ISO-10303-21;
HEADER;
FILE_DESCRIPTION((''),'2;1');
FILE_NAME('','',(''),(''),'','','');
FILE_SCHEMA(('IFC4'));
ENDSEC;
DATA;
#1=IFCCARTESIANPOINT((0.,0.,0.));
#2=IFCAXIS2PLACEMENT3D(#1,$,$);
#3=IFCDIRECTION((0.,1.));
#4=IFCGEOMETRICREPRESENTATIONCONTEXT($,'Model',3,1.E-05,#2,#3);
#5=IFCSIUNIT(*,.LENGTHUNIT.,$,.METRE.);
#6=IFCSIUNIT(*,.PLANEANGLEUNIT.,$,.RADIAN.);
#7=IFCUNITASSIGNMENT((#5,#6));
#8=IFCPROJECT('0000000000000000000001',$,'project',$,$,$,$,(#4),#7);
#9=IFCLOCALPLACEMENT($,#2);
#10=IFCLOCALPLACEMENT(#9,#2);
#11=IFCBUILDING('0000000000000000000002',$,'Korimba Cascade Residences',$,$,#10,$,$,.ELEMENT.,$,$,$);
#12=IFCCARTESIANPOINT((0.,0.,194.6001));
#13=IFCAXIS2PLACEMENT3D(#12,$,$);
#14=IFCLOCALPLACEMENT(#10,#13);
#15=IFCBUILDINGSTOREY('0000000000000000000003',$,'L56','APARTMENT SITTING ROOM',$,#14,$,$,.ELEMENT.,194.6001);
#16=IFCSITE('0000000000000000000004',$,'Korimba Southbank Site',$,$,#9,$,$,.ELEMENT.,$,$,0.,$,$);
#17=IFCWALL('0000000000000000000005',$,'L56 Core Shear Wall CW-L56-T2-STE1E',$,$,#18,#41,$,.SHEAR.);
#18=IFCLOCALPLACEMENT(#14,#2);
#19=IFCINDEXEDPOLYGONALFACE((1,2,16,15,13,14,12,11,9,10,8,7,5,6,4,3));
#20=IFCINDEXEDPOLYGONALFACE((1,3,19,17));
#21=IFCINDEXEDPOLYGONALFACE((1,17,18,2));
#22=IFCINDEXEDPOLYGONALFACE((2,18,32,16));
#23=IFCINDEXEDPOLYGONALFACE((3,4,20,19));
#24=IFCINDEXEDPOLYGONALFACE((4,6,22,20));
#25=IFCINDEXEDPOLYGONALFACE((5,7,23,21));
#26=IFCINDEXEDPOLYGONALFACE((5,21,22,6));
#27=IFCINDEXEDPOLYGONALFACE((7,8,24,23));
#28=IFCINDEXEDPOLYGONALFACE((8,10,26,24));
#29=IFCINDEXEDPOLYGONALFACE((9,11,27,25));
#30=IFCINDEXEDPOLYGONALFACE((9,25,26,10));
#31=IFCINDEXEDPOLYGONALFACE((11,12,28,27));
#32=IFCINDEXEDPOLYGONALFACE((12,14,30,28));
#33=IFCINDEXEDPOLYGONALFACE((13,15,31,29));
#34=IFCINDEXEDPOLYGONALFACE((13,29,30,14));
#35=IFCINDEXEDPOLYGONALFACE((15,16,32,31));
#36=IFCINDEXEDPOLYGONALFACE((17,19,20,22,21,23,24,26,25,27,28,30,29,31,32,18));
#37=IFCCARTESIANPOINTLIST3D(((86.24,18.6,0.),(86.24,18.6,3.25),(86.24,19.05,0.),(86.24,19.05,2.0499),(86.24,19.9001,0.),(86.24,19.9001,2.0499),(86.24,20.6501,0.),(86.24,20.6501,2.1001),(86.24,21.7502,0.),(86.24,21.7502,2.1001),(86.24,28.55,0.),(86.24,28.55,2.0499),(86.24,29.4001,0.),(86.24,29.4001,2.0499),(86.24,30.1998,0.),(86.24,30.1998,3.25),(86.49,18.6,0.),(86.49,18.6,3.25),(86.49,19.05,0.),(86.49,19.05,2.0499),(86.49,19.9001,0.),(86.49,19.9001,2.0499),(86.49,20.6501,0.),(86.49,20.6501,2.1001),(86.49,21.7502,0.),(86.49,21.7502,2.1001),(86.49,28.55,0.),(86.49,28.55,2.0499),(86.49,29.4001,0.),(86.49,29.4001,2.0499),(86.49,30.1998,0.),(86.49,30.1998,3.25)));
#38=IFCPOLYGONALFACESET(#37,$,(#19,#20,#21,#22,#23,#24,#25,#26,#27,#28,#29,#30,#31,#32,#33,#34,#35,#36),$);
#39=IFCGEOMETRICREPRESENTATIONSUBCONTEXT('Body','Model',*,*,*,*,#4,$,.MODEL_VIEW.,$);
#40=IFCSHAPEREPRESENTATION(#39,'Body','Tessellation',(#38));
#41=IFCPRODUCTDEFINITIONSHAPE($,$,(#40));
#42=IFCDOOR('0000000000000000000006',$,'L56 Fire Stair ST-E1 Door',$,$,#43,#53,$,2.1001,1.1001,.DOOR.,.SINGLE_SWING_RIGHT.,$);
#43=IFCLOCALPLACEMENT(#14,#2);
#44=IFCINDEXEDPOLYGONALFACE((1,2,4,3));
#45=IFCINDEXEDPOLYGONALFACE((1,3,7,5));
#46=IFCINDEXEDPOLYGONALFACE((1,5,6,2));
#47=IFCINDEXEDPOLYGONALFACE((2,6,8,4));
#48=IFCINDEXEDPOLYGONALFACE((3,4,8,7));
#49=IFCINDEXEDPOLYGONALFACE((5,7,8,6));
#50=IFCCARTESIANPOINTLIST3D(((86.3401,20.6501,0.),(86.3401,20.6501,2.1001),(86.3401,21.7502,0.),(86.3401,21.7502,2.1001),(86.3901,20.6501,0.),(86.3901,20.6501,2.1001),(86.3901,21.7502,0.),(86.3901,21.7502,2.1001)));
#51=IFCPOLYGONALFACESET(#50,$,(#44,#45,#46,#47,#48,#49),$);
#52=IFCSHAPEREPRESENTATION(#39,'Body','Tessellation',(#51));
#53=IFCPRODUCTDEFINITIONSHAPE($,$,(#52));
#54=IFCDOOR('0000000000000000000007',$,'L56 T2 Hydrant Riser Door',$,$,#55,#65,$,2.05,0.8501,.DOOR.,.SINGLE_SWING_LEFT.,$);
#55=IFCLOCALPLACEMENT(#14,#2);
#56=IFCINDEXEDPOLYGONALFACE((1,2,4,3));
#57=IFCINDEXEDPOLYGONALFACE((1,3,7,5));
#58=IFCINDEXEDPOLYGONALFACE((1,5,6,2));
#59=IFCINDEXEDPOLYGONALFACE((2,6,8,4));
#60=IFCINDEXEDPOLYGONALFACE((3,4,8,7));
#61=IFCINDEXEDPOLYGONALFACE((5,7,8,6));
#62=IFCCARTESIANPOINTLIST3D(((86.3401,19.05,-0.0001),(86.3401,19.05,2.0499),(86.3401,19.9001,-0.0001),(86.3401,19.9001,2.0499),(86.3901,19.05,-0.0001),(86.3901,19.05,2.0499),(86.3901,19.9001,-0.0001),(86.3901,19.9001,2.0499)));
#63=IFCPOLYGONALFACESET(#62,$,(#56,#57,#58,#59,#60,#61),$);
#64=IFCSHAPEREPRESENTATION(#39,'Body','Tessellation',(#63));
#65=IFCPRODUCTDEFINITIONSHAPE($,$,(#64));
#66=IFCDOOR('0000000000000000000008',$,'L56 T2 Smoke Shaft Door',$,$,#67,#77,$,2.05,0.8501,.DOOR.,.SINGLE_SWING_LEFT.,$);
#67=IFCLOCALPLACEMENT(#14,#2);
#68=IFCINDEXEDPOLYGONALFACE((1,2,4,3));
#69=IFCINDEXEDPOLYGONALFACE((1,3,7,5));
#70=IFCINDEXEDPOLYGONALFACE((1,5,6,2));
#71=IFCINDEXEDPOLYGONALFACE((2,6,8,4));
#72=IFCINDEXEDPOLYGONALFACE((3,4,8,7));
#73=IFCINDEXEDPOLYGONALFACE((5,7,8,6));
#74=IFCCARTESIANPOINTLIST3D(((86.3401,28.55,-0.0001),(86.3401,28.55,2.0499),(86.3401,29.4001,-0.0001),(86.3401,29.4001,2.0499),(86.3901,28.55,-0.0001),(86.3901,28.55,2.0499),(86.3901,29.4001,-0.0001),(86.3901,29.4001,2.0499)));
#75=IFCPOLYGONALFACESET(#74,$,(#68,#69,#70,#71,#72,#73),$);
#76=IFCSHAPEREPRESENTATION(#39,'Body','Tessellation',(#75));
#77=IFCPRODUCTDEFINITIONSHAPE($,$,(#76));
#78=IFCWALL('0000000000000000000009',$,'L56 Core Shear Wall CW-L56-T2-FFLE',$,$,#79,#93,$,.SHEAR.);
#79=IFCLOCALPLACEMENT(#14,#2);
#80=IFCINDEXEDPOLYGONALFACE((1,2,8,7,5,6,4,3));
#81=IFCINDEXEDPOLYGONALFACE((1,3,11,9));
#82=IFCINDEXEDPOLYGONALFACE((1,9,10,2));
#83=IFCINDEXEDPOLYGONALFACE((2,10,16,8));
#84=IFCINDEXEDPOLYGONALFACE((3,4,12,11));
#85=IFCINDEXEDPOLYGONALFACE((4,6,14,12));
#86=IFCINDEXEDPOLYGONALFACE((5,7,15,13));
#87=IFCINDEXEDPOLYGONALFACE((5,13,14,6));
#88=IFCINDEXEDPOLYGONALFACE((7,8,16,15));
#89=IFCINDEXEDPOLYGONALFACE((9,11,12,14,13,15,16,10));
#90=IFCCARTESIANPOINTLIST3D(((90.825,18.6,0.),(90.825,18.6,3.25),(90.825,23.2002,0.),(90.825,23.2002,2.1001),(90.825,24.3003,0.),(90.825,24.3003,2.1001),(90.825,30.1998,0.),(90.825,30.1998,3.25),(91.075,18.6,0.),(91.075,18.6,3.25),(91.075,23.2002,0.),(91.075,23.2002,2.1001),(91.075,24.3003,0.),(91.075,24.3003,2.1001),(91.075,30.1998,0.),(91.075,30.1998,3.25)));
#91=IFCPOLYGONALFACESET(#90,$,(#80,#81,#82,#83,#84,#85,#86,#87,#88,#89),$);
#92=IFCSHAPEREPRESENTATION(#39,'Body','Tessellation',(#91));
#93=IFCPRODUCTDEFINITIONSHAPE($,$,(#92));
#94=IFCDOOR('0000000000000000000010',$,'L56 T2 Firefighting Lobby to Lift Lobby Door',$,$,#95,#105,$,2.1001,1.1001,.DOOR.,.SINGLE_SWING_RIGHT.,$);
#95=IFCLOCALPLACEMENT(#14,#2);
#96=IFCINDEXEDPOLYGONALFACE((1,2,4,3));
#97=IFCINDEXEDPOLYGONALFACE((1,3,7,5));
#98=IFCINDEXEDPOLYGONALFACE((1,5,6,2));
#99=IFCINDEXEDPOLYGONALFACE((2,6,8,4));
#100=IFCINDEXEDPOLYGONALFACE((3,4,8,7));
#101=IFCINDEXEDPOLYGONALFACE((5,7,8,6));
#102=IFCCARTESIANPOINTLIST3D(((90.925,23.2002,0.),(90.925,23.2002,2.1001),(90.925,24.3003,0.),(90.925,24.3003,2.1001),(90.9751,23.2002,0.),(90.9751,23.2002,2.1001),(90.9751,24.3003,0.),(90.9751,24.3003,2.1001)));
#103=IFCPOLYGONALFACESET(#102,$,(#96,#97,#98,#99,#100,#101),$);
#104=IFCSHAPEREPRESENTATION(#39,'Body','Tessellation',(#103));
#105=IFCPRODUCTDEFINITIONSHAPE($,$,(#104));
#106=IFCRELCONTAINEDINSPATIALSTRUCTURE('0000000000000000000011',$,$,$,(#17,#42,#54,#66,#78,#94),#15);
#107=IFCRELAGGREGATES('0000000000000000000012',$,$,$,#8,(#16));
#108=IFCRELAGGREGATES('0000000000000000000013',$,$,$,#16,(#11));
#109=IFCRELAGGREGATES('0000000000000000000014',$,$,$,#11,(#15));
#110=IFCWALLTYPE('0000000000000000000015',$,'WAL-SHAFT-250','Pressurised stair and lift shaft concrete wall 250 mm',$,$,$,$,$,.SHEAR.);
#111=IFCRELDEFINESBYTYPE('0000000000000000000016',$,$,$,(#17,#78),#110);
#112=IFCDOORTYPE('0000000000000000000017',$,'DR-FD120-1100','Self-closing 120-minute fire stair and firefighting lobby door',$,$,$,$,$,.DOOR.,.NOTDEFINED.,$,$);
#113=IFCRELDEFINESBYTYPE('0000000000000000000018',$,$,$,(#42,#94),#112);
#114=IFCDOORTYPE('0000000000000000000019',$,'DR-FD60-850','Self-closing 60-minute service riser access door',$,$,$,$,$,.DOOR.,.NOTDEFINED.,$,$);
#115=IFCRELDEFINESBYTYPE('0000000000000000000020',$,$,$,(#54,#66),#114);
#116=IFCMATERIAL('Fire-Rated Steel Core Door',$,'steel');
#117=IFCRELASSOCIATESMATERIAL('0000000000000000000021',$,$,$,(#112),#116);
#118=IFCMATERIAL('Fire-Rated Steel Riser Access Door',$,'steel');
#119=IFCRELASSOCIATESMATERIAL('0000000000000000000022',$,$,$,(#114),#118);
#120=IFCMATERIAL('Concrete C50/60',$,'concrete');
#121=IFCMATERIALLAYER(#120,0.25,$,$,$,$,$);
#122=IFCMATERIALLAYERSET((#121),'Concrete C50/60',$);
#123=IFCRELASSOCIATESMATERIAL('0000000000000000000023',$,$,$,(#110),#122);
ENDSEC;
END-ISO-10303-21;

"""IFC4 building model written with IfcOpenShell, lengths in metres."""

from ifc_helpers import new_model, si_unit, direction, frame, frame_2d, origin, place, context, subcontext, project, spatial, rectangle, extrude, material, layer, layer_set, type_object, element, fill, save


model = new_model("IFC4")

# Units and contexts
model_context = context("Model", 3, precision=1e-05, world=origin(), true_north=direction((0.0, 1.0)))
body_context = subcontext(model_context, "Body", "Model", "MODEL_VIEW")
ifc_project = project(units=[si_unit("LENGTHUNIT", "METRE"), si_unit("PLANEANGLEUNIT", "RADIAN")], contexts=[model_context])

# Site, building, storey
site_placement = place(None, origin())
site = spatial("IfcSite", under=ifc_project, at=site_placement, Name="Korimba Southbank Site", CompositionType="ELEMENT", RefElevation=0.0)
building_placement = place(site_placement, origin())
building = spatial("IfcBuilding", under=site, at=building_placement, Name="Korimba Cascade Residences", CompositionType="ELEMENT")
storey_placement = place(building_placement, frame((0.0, 0.0, 194.6001)))
storey = spatial("IfcBuildingStorey", under=building, at=storey_placement, Name="L56", Description="APARTMENT SITTING ROOM", CompositionType="ELEMENT", Elevation=194.6001)

# Shared definitions
ifc_material_1 = material(Name="Concrete C50/60", Category="concrete")

# Shared definitions
ifc_material_2 = material(Name="Fire-Rated Steel Core Door", Category="steel")
door_type_1 = type_object("IfcDoorType", Name="DR-FD120-1100", Description="Self-closing 120-minute fire stair and firefighting lobby door", OperationType="NOTDEFINED", PredefinedType="DOOR", material=ifc_material_2)

# Wall, openings, doors
ifc_material_3 = material(Name="Fire-Rated Steel Riser Access Door", Category="steel")
door_type_2 = type_object("IfcDoorType", Name="DR-FD60-850", Description="Self-closing 60-minute service riser access door", OperationType="NOTDEFINED", PredefinedType="DOOR", material=ifc_material_3)
ifc_layer_1 = layer(ifc_material_1, 0.25)
ifc_layer_set_1 = layer_set([ifc_layer_1], Name="Concrete C50/60")
wall_type_1 = type_object("IfcWallType", Name="WAL-SHAFT-250", Description="Pressurised stair and lift shaft concrete wall 250 mm", PredefinedType="SHEAR", material=ifc_layer_set_1)
wall_1_placement = place(storey_placement, frame((86.365, 18.6001, 0.0), z_axis=(0.0, 0.0, 1.0), x_axis=(0.0, 1.0, 0.0)))
wall_1 = element("IfcWall", 1, at=wall_1_placement, inside=storey, type_object=wall_type_1, Name="L56 Core Shear Wall CW-L56-T2-STE1E", PredefinedType="SHEAR", context=body_context, shape_type="SweptSolid", body=[
    extrude(rectangle(XDim=11.5999, YDim=0.25, at=frame_2d((5.7998, 0.0))), origin(), (0.0, 0.0, 1.0), 3.25),
])
opening_1_placement = place(wall_1_placement, frame((0.45, 0.0, 0.0)))
opening_1 = element("IfcOpeningElement", 2, at=opening_1_placement, cuts=wall_1, PredefinedType="OPENING", context=body_context, shape_type="SweptSolid", body=[
    extrude(rectangle(XDim=0.8501, YDim=2.05, at=frame_2d((0.425, 1.0249))), frame((0.0, 0.135, 0.0), z_axis=(0.0, -1.0, 0.0), x_axis=(1.0, 0.0, 0.0)), (0.0, 0.0, 1.0), 0.27),
])
opening_2_placement = place(wall_1_placement, frame((2.05, 0.0, 0.0)))
opening_2 = element("IfcOpeningElement", 3, at=opening_2_placement, cuts=wall_1, PredefinedType="OPENING", context=body_context, shape_type="SweptSolid", body=[
    extrude(rectangle(XDim=1.1001, YDim=2.1001, at=frame_2d((0.55, 1.05))), frame((0.0, 0.135, 0.0), z_axis=(0.0, -1.0, 0.0), x_axis=(1.0, 0.0, 0.0)), (0.0, 0.0, 1.0), 0.27),
])
opening_3_placement = place(wall_1_placement, frame((9.95, 0.0, 0.0)))
opening_3 = element("IfcOpeningElement", 4, at=opening_3_placement, cuts=wall_1, PredefinedType="OPENING", context=body_context, shape_type="SweptSolid", body=[
    extrude(rectangle(XDim=0.8501, YDim=2.05, at=frame_2d((0.425, 1.0249))), frame((0.0, 0.135, 0.0), z_axis=(0.0, -1.0, 0.0), x_axis=(1.0, 0.0, 0.0)), (0.0, 0.0, 1.0), 0.27),
])
door_1_placement = place(opening_2_placement, origin())
door_1 = element("IfcDoor", 5, at=door_1_placement, inside=storey, type_object=door_type_1, Name="L56 Fire Stair ST-E1 Door", OperationType="SINGLE_SWING_RIGHT", OverallHeight=2.1001, OverallWidth=1.1001, PredefinedType="DOOR", context=body_context, shape_type="SweptSolid", body=[
    extrude(rectangle(XDim=1.1001, YDim=2.1001, at=frame_2d((0.55, 1.05))), frame((0.0, 0.0249, 0.0), z_axis=(0.0, -1.0, 0.0), x_axis=(1.0, 0.0, 0.0)), (0.0, 0.0, 1.0), 0.05),
])
fill(opening_2, door_1)
door_2_placement = place(opening_1_placement, origin())
door_2 = element("IfcDoor", 6, at=door_2_placement, inside=storey, type_object=door_type_2, Name="L56 T2 Hydrant Riser Door", OperationType="SINGLE_SWING_LEFT", OverallHeight=2.05, OverallWidth=0.8501, PredefinedType="DOOR", context=body_context, shape_type="SweptSolid", body=[
    extrude(rectangle(XDim=0.8501, YDim=2.05, at=frame_2d((0.425, 1.0249))), frame((0.0, 0.0249, 0.0), z_axis=(0.0, -1.0, 0.0), x_axis=(1.0, 0.0, 0.0)), (0.0, 0.0, 1.0), 0.05),
])
fill(opening_1, door_2)
door_3_placement = place(opening_3_placement, origin())
door_3 = element("IfcDoor", 7, at=door_3_placement, inside=storey, type_object=door_type_2, Name="L56 T2 Smoke Shaft Door", OperationType="SINGLE_SWING_LEFT", OverallHeight=2.05, OverallWidth=0.8501, PredefinedType="DOOR", context=body_context, shape_type="SweptSolid", body=[
    extrude(rectangle(XDim=0.8501, YDim=2.05, at=frame_2d((0.425, 1.0249))), frame((0.0, 0.0249, 0.0), z_axis=(0.0, -1.0, 0.0), x_axis=(1.0, 0.0, 0.0)), (0.0, 0.0, 1.0), 0.05),
])
fill(opening_3, door_3)

# Wall, opening, door
wall_2_placement = place(storey_placement, frame((90.95, 18.6001, 0.0), z_axis=(0.0, 0.0, 1.0), x_axis=(0.0, 1.0, 0.0)))
wall_2 = element("IfcWall", 8, at=wall_2_placement, inside=storey, type_object=wall_type_1, Name="L56 Core Shear Wall CW-L56-T2-FFLE", PredefinedType="SHEAR", context=body_context, shape_type="SweptSolid", body=[
    extrude(rectangle(XDim=11.5999, YDim=0.25, at=frame_2d((5.7998, 0.0))), origin(), (0.0, 0.0, 1.0), 3.25),
])
opening_4_placement = place(wall_2_placement, frame((4.6001, 0.0, 0.0)))
opening_4 = element("IfcOpeningElement", 9, at=opening_4_placement, cuts=wall_2, PredefinedType="OPENING", context=body_context, shape_type="SweptSolid", body=[
    extrude(rectangle(XDim=1.1001, YDim=2.1001, at=frame_2d((0.55, 1.05))), frame((0.0, 0.135, 0.0), z_axis=(0.0, -1.0, 0.0), x_axis=(1.0, 0.0, 0.0)), (0.0, 0.0, 1.0), 0.27),
])
door_4_placement = place(opening_4_placement, origin())
door_4 = element("IfcDoor", 10, at=door_4_placement, inside=storey, type_object=door_type_1, Name="L56 T2 Firefighting Lobby to Lift Lobby Door", OperationType="SINGLE_SWING_RIGHT", OverallHeight=2.1001, OverallWidth=1.1001, PredefinedType="DOOR", context=body_context, shape_type="SweptSolid", body=[
    extrude(rectangle(XDim=1.1001, YDim=2.1001, at=frame_2d((0.55, 1.05))), frame((0.0, 0.0249, 0.0), z_axis=(0.0, -1.0, 0.0), x_axis=(1.0, 0.0, 0.0)), (0.0, 0.0, 1.0), 0.05),
])
fill(opening_4, door_4)

save(model, "model.ifc")
